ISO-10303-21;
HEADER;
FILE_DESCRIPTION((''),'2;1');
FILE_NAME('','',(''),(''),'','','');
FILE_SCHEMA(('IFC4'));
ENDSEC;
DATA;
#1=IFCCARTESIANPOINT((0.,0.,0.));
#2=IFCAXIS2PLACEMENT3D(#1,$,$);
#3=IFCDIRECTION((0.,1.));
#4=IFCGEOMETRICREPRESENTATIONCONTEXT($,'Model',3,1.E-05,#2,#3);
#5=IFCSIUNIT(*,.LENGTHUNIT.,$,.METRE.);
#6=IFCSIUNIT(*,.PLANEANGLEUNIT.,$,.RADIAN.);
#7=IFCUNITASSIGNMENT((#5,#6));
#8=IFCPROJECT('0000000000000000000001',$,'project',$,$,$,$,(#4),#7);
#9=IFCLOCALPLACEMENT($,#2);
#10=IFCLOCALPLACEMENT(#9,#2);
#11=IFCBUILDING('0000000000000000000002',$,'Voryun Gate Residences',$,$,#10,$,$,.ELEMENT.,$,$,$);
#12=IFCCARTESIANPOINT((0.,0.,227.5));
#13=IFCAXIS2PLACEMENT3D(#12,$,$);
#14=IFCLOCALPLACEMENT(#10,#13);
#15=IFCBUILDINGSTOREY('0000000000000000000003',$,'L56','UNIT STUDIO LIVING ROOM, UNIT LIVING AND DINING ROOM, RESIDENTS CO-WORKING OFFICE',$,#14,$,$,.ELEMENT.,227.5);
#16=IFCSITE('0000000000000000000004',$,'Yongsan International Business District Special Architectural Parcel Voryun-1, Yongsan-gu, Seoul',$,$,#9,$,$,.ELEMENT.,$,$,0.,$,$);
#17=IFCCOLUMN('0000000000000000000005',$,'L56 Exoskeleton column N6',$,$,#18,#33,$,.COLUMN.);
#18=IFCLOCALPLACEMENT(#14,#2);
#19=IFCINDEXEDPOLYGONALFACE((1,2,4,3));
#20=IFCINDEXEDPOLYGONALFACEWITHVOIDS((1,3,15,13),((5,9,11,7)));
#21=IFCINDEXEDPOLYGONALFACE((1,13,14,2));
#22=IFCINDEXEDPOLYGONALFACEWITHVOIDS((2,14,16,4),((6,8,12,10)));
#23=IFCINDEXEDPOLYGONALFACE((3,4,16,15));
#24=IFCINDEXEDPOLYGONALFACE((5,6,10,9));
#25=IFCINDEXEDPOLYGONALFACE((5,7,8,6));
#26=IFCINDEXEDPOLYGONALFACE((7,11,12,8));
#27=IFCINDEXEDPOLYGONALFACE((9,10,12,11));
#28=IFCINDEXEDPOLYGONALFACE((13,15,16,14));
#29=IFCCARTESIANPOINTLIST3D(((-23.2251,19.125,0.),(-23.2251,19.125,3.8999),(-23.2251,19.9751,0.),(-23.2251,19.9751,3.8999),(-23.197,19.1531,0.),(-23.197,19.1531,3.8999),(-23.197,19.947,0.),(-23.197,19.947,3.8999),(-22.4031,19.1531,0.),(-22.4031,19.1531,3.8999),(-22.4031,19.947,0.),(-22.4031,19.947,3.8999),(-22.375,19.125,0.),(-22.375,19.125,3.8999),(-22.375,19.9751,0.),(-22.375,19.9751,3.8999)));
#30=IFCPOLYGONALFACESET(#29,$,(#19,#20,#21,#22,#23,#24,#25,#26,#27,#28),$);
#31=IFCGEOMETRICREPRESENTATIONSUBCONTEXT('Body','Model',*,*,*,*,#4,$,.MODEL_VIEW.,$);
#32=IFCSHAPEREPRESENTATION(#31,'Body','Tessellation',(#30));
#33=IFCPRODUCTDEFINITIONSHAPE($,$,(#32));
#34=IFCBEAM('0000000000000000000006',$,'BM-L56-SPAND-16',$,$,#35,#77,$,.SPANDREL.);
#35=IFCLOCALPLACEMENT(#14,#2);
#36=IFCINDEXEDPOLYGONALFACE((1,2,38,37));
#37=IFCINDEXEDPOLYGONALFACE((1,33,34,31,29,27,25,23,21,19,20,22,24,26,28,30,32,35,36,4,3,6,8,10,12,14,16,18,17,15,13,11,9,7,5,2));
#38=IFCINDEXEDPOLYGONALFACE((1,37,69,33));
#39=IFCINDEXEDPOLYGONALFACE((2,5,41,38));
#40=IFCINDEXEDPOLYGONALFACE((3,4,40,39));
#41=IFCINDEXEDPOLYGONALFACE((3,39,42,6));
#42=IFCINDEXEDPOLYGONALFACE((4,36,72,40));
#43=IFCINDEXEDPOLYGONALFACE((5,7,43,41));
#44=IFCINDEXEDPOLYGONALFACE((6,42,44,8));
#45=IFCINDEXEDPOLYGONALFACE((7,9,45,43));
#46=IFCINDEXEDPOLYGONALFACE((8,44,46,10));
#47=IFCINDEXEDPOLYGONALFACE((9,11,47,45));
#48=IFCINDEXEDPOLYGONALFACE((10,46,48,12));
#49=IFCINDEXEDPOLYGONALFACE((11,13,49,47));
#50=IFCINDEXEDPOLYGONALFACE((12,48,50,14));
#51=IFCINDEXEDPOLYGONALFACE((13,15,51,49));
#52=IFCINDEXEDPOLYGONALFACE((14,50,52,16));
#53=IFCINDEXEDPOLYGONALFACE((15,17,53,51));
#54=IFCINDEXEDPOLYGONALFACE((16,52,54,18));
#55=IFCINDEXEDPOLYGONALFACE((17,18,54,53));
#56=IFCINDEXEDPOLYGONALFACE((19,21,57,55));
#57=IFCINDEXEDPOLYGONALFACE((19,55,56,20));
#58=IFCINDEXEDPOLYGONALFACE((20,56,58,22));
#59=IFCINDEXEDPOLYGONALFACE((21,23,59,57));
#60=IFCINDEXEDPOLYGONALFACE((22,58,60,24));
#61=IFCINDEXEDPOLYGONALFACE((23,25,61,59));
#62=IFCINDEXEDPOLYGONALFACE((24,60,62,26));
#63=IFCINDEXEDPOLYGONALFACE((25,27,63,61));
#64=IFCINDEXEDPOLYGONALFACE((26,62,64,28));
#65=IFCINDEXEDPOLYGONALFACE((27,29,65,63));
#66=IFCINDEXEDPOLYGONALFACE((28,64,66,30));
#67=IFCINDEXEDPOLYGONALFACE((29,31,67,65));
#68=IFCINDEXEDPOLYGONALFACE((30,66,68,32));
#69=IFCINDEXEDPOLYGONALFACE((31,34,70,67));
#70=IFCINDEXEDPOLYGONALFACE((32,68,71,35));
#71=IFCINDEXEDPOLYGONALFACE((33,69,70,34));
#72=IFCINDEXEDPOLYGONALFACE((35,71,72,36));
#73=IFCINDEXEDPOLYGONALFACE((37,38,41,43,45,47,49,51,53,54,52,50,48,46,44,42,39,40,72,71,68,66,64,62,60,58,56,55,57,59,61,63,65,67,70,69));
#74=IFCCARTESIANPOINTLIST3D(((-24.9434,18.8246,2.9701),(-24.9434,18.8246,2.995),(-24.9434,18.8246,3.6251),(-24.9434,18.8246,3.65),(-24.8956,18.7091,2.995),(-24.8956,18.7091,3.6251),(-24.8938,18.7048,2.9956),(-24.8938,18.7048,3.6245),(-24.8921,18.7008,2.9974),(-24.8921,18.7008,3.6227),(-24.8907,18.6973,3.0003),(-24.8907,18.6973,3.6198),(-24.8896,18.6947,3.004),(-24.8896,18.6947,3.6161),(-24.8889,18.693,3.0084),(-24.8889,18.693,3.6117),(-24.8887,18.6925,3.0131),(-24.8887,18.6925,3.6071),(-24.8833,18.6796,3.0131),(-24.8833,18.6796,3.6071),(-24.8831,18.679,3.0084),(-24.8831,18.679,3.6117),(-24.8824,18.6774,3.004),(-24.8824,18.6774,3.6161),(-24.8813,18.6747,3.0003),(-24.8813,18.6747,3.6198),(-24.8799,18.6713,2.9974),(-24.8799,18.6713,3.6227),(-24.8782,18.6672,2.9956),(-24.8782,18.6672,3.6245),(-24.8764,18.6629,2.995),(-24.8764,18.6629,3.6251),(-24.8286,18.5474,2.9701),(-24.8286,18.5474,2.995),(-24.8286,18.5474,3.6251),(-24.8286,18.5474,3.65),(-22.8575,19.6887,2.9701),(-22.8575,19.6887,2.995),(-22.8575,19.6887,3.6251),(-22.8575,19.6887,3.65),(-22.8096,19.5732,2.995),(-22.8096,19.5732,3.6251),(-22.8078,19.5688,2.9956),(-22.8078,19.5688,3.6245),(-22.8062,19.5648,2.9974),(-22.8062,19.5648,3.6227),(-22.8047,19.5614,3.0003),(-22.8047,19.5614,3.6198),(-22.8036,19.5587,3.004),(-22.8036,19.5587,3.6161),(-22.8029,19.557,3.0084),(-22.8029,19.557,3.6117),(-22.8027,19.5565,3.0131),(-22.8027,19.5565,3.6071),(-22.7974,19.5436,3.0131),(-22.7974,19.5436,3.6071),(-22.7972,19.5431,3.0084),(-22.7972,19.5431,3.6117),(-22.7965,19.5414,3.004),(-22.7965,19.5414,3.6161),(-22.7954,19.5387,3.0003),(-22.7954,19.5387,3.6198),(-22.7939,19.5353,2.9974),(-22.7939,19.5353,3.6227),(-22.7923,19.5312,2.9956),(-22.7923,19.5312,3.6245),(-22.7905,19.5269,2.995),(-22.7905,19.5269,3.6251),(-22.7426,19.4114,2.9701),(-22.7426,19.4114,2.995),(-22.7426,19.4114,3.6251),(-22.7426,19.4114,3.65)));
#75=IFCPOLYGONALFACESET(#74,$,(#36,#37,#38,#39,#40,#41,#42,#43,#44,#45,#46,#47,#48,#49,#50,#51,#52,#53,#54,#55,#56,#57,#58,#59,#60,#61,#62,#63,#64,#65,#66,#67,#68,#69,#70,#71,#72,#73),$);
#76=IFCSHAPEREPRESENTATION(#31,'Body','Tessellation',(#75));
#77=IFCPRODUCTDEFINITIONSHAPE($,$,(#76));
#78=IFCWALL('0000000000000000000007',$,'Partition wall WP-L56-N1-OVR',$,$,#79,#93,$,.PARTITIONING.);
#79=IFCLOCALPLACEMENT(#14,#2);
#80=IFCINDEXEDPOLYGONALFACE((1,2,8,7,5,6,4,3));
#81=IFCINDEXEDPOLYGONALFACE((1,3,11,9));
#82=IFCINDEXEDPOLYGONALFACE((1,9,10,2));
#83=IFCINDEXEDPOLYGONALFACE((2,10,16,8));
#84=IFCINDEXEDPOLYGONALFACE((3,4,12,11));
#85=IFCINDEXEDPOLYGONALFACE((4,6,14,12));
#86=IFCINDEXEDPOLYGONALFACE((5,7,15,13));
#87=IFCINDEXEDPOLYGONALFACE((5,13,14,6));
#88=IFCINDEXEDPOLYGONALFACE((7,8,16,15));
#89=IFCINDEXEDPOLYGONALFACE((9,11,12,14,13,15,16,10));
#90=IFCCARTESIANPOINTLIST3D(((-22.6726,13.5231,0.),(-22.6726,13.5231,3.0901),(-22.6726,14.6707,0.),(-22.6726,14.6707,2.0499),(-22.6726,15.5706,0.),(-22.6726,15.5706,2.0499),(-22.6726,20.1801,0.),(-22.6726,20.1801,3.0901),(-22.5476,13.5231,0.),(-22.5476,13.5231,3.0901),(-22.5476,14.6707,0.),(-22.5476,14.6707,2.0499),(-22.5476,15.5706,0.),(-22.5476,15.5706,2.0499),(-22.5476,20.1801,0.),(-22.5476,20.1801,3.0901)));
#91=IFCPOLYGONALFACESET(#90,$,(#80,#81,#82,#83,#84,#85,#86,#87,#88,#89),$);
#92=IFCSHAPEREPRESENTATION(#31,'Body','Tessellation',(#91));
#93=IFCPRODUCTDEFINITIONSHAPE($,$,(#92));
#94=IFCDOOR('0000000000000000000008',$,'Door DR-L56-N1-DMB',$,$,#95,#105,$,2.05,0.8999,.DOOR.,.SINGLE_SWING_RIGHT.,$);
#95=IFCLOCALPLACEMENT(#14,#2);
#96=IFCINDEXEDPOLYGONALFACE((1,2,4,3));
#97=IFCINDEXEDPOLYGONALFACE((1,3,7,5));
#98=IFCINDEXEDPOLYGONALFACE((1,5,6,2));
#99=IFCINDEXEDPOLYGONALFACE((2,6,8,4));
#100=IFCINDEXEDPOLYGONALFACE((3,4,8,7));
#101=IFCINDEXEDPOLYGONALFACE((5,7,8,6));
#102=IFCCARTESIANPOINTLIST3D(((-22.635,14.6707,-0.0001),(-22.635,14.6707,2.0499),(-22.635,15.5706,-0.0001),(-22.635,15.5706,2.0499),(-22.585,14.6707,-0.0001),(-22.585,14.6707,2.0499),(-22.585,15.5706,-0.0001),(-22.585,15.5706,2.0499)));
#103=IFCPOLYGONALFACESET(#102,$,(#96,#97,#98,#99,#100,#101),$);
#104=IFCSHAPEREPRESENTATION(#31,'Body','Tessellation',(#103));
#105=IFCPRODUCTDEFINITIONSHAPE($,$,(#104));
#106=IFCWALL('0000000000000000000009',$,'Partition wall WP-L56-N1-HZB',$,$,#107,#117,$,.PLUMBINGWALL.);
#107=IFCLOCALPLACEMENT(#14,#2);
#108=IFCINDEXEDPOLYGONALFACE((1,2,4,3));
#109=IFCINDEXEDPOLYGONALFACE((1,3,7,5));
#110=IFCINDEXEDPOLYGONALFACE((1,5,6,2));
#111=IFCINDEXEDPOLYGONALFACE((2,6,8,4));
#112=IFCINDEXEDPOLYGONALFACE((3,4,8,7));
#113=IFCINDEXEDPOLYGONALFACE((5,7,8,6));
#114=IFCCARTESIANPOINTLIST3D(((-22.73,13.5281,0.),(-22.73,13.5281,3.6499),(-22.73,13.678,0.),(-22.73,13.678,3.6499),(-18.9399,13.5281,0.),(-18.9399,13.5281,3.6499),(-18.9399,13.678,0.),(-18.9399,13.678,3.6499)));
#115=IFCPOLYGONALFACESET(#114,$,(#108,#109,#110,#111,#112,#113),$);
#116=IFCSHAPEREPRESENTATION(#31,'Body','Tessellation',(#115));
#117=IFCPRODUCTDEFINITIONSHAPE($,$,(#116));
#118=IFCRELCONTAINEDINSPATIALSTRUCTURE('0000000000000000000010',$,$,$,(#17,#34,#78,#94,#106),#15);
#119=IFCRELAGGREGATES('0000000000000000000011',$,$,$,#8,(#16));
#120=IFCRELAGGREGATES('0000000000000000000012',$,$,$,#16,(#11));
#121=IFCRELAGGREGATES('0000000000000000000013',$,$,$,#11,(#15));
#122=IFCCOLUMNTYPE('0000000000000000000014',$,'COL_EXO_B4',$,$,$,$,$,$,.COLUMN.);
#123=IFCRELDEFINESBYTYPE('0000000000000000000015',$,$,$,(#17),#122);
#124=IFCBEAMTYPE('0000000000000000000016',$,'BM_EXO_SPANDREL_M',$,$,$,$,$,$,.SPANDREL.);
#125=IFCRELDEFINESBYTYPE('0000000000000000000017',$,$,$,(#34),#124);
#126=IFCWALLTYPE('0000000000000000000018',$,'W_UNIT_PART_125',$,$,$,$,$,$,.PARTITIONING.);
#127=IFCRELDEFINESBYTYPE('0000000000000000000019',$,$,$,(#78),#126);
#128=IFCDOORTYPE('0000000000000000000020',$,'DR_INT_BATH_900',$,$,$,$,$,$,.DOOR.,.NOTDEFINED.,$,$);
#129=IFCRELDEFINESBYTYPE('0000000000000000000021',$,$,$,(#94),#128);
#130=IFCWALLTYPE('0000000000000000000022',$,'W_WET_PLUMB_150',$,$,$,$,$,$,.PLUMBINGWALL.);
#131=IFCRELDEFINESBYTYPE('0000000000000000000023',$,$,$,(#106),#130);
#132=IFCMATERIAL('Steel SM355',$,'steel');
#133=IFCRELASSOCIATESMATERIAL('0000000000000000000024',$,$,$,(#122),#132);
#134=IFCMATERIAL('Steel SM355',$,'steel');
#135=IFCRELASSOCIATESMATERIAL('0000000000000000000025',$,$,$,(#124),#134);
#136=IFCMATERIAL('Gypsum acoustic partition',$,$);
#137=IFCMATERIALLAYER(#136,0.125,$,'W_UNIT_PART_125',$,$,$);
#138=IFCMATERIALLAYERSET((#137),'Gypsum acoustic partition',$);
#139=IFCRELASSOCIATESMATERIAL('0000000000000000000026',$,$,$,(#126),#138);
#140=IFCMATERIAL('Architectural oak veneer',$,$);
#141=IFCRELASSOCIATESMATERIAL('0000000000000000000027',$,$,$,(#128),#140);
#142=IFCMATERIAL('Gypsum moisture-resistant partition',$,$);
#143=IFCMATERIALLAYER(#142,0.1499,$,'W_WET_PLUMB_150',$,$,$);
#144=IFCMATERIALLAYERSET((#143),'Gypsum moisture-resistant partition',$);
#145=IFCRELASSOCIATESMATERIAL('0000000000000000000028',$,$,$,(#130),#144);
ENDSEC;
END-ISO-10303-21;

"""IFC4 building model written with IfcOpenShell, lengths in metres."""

from ifc_helpers import new_model, si_unit, direction, frame, frame_2d, origin, origin_2d, place, context, subcontext, project, spatial, rectangle, hollow_rectangle, i_section, extrude, material, layer, layer_set, material_profile, profile_set, type_object, element, fill, save


model = new_model("IFC4")

# Units and contexts
model_context = context("Model", 3, precision=1e-05, world=origin(), true_north=direction((0.0, 1.0)))
body_context = subcontext(model_context, "Body", "Model", "MODEL_VIEW")
ifc_project = project(units=[si_unit("LENGTHUNIT", "METRE"), si_unit("PLANEANGLEUNIT", "RADIAN")], contexts=[model_context])

# Site, building, storey
site_placement = place(None, origin())
site = spatial("IfcSite", under=ifc_project, at=site_placement, Name="Yongsan International Business District Special Architectural Parcel Voryun-1, Yongsan-gu, Seoul", CompositionType="ELEMENT", RefElevation=0.0)
building_placement = place(site_placement, origin())
building = spatial("IfcBuilding", under=site, at=building_placement, Name="Voryun Gate Residences", CompositionType="ELEMENT")
storey_placement = place(building_placement, frame((0.0, 0.0, 227.5)))
storey = spatial("IfcBuildingStorey", under=building, at=storey_placement, Name="L56", Description="UNIT STUDIO LIVING ROOM, UNIT LIVING AND DINING ROOM, RESIDENTS CO-WORKING OFFICE", CompositionType="ELEMENT", Elevation=227.5)

# Column
ifc_material_1 = material(Name="Steel SM355", Category="steel")
ifc_material_profile_1 = material_profile(ifc_material_1, hollow_rectangle(XDim=0.8501, YDim=0.8501, WallThickness=0.0281, at=origin_2d()), Name="BOX-850x850x28")
ifc_profile_set_1 = profile_set([ifc_material_profile_1], Name="Steel SM355")
column_type = type_object("IfcColumnType", Name="COL_EXO_B4", PredefinedType="COLUMN", material=ifc_profile_set_1)
column_placement = place(storey_placement, frame((-22.8, 19.55, 0.0), z_axis=(0.0, 0.0, 1.0), x_axis=(1.0, 0.0, 0.0)))
element("IfcColumn", 1, at=column_placement, inside=storey, type_object=column_type, Name="L56 Exoskeleton column N6", PredefinedType="COLUMN", context=body_context, shape_type="SweptSolid", body=[
    extrude(hollow_rectangle(XDim=0.8501, YDim=0.8501, WallThickness=0.0281, at=origin_2d()), origin(), (0.0, 0.0, 1.0), 3.8999),
])

# Beam
ifc_material_2 = material(Name="Steel SM355", Category="steel")
ifc_material_profile_2 = material_profile(ifc_material_2, i_section(OverallWidth=0.3, OverallDepth=0.6799, WebThickness=0.0139, FlangeThickness=0.0249, FilletRadius=0.0181, at=origin_2d()), Name="H-680x300x14x25")
ifc_profile_set_2 = profile_set([ifc_material_profile_2], Name="Steel SM355")
beam_type = type_object("IfcBeamType", Name="BM_EXO_SPANDREL_M", PredefinedType="SPANDREL", material=ifc_profile_set_2)
beam_placement = place(storey_placement, frame((-22.8, 19.55, 3.3101), z_axis=(-0.923881, -0.38268, 0.0), x_axis=(0.38268, -0.923881, 0.0)))
element("IfcBeam", 2, at=beam_placement, inside=storey, type_object=beam_type, Name="BM-L56-SPAND-16", PredefinedType="SPANDREL", context=body_context, shape_type="SweptSolid", body=[
    extrude(i_section(OverallWidth=0.3, OverallDepth=0.6799, WebThickness=0.0139, FlangeThickness=0.0249, FilletRadius=0.0181, at=origin_2d()), origin(), (0.0, 0.0, 1.0), 2.2578),
])

# Wall, opening, door
ifc_material_3 = material(Name="Gypsum acoustic partition")
ifc_layer_1 = layer(ifc_material_3, 0.125, Name="W_UNIT_PART_125")
ifc_layer_set_1 = layer_set([ifc_layer_1], Name="Gypsum acoustic partition")
wall_type_1 = type_object("IfcWallType", Name="W_UNIT_PART_125", PredefinedType="PARTITIONING", material=ifc_layer_set_1)
wall_1_placement = place(storey_placement, frame((-22.6101, 13.5229, 0.0), z_axis=(0.0, 0.0, 1.0), x_axis=(0.0, 1.0, 0.0)))
wall_1 = element("IfcWall", 3, at=wall_1_placement, inside=storey, type_object=wall_type_1, Name="Partition wall WP-L56-N1-OVR", PredefinedType="PARTITIONING", context=body_context, shape_type="SweptSolid", body=[
    extrude(rectangle(XDim=6.657, YDim=0.125, at=frame_2d((3.3286, 0.0))), origin(), (0.0, 0.0, 1.0), 3.0901),
])
opening_1_placement = place(wall_1_placement, frame((1.1477, 0.0, 0.0)))
opening_1 = element("IfcOpeningElement", 4, at=opening_1_placement, cuts=wall_1, PredefinedType="OPENING", context=body_context, shape_type="SweptSolid", body=[
    extrude(rectangle(XDim=0.8999, YDim=2.05, at=frame_2d((0.45, 1.0249))), frame((0.0, 0.0725, 0.0), z_axis=(0.0, -1.0, 0.0), x_axis=(1.0, 0.0, 0.0)), (0.0, 0.0, 1.0), 0.145),
])
ifc_material_4 = material(Name="Architectural oak veneer")
door_type = type_object("IfcDoorType", Name="DR_INT_BATH_900", OperationType="NOTDEFINED", PredefinedType="DOOR", material=ifc_material_4)
door_placement = place(opening_1_placement, origin())
door = element("IfcDoor", 5, at=door_placement, inside=storey, type_object=door_type, Name="Door DR-L56-N1-DMB", OperationType="SINGLE_SWING_RIGHT", OverallHeight=2.05, OverallWidth=0.8999, PredefinedType="DOOR", context=body_context, shape_type="SweptSolid", body=[
    extrude(rectangle(XDim=0.8999, YDim=2.05, at=frame_2d((0.45, 1.0249))), frame((0.0, 0.0249, 0.0), z_axis=(0.0, -1.0, 0.0), x_axis=(1.0, 0.0, 0.0)), (0.0, 0.0, 1.0), 0.05),
])
fill(opening_1, door)

# Wall
ifc_material_5 = material(Name="Gypsum moisture-resistant partition")
ifc_layer_2 = layer(ifc_material_5, 0.1499, Name="W_WET_PLUMB_150")
ifc_layer_set_2 = layer_set([ifc_layer_2], Name="Gypsum moisture-resistant partition")
wall_type_2 = type_object("IfcWallType", Name="W_WET_PLUMB_150", PredefinedType="PLUMBINGWALL", material=ifc_layer_set_2)
wall_2_placement = place(storey_placement, frame((-22.73, 13.603, 0.0), z_axis=(0.0, 0.0, 1.0), x_axis=(1.0, 0.0, 0.0)))
element("IfcWall", 6, at=wall_2_placement, inside=storey, type_object=wall_type_2, Name="Partition wall WP-L56-N1-HZB", PredefinedType="PLUMBINGWALL", context=body_context, shape_type="SweptSolid", body=[
    extrude(rectangle(XDim=3.79, YDim=0.1499, at=frame_2d((1.895, 0.0))), origin(), (0.0, 0.0, 1.0), 3.6499),
])

save(model, "model.ifc")
